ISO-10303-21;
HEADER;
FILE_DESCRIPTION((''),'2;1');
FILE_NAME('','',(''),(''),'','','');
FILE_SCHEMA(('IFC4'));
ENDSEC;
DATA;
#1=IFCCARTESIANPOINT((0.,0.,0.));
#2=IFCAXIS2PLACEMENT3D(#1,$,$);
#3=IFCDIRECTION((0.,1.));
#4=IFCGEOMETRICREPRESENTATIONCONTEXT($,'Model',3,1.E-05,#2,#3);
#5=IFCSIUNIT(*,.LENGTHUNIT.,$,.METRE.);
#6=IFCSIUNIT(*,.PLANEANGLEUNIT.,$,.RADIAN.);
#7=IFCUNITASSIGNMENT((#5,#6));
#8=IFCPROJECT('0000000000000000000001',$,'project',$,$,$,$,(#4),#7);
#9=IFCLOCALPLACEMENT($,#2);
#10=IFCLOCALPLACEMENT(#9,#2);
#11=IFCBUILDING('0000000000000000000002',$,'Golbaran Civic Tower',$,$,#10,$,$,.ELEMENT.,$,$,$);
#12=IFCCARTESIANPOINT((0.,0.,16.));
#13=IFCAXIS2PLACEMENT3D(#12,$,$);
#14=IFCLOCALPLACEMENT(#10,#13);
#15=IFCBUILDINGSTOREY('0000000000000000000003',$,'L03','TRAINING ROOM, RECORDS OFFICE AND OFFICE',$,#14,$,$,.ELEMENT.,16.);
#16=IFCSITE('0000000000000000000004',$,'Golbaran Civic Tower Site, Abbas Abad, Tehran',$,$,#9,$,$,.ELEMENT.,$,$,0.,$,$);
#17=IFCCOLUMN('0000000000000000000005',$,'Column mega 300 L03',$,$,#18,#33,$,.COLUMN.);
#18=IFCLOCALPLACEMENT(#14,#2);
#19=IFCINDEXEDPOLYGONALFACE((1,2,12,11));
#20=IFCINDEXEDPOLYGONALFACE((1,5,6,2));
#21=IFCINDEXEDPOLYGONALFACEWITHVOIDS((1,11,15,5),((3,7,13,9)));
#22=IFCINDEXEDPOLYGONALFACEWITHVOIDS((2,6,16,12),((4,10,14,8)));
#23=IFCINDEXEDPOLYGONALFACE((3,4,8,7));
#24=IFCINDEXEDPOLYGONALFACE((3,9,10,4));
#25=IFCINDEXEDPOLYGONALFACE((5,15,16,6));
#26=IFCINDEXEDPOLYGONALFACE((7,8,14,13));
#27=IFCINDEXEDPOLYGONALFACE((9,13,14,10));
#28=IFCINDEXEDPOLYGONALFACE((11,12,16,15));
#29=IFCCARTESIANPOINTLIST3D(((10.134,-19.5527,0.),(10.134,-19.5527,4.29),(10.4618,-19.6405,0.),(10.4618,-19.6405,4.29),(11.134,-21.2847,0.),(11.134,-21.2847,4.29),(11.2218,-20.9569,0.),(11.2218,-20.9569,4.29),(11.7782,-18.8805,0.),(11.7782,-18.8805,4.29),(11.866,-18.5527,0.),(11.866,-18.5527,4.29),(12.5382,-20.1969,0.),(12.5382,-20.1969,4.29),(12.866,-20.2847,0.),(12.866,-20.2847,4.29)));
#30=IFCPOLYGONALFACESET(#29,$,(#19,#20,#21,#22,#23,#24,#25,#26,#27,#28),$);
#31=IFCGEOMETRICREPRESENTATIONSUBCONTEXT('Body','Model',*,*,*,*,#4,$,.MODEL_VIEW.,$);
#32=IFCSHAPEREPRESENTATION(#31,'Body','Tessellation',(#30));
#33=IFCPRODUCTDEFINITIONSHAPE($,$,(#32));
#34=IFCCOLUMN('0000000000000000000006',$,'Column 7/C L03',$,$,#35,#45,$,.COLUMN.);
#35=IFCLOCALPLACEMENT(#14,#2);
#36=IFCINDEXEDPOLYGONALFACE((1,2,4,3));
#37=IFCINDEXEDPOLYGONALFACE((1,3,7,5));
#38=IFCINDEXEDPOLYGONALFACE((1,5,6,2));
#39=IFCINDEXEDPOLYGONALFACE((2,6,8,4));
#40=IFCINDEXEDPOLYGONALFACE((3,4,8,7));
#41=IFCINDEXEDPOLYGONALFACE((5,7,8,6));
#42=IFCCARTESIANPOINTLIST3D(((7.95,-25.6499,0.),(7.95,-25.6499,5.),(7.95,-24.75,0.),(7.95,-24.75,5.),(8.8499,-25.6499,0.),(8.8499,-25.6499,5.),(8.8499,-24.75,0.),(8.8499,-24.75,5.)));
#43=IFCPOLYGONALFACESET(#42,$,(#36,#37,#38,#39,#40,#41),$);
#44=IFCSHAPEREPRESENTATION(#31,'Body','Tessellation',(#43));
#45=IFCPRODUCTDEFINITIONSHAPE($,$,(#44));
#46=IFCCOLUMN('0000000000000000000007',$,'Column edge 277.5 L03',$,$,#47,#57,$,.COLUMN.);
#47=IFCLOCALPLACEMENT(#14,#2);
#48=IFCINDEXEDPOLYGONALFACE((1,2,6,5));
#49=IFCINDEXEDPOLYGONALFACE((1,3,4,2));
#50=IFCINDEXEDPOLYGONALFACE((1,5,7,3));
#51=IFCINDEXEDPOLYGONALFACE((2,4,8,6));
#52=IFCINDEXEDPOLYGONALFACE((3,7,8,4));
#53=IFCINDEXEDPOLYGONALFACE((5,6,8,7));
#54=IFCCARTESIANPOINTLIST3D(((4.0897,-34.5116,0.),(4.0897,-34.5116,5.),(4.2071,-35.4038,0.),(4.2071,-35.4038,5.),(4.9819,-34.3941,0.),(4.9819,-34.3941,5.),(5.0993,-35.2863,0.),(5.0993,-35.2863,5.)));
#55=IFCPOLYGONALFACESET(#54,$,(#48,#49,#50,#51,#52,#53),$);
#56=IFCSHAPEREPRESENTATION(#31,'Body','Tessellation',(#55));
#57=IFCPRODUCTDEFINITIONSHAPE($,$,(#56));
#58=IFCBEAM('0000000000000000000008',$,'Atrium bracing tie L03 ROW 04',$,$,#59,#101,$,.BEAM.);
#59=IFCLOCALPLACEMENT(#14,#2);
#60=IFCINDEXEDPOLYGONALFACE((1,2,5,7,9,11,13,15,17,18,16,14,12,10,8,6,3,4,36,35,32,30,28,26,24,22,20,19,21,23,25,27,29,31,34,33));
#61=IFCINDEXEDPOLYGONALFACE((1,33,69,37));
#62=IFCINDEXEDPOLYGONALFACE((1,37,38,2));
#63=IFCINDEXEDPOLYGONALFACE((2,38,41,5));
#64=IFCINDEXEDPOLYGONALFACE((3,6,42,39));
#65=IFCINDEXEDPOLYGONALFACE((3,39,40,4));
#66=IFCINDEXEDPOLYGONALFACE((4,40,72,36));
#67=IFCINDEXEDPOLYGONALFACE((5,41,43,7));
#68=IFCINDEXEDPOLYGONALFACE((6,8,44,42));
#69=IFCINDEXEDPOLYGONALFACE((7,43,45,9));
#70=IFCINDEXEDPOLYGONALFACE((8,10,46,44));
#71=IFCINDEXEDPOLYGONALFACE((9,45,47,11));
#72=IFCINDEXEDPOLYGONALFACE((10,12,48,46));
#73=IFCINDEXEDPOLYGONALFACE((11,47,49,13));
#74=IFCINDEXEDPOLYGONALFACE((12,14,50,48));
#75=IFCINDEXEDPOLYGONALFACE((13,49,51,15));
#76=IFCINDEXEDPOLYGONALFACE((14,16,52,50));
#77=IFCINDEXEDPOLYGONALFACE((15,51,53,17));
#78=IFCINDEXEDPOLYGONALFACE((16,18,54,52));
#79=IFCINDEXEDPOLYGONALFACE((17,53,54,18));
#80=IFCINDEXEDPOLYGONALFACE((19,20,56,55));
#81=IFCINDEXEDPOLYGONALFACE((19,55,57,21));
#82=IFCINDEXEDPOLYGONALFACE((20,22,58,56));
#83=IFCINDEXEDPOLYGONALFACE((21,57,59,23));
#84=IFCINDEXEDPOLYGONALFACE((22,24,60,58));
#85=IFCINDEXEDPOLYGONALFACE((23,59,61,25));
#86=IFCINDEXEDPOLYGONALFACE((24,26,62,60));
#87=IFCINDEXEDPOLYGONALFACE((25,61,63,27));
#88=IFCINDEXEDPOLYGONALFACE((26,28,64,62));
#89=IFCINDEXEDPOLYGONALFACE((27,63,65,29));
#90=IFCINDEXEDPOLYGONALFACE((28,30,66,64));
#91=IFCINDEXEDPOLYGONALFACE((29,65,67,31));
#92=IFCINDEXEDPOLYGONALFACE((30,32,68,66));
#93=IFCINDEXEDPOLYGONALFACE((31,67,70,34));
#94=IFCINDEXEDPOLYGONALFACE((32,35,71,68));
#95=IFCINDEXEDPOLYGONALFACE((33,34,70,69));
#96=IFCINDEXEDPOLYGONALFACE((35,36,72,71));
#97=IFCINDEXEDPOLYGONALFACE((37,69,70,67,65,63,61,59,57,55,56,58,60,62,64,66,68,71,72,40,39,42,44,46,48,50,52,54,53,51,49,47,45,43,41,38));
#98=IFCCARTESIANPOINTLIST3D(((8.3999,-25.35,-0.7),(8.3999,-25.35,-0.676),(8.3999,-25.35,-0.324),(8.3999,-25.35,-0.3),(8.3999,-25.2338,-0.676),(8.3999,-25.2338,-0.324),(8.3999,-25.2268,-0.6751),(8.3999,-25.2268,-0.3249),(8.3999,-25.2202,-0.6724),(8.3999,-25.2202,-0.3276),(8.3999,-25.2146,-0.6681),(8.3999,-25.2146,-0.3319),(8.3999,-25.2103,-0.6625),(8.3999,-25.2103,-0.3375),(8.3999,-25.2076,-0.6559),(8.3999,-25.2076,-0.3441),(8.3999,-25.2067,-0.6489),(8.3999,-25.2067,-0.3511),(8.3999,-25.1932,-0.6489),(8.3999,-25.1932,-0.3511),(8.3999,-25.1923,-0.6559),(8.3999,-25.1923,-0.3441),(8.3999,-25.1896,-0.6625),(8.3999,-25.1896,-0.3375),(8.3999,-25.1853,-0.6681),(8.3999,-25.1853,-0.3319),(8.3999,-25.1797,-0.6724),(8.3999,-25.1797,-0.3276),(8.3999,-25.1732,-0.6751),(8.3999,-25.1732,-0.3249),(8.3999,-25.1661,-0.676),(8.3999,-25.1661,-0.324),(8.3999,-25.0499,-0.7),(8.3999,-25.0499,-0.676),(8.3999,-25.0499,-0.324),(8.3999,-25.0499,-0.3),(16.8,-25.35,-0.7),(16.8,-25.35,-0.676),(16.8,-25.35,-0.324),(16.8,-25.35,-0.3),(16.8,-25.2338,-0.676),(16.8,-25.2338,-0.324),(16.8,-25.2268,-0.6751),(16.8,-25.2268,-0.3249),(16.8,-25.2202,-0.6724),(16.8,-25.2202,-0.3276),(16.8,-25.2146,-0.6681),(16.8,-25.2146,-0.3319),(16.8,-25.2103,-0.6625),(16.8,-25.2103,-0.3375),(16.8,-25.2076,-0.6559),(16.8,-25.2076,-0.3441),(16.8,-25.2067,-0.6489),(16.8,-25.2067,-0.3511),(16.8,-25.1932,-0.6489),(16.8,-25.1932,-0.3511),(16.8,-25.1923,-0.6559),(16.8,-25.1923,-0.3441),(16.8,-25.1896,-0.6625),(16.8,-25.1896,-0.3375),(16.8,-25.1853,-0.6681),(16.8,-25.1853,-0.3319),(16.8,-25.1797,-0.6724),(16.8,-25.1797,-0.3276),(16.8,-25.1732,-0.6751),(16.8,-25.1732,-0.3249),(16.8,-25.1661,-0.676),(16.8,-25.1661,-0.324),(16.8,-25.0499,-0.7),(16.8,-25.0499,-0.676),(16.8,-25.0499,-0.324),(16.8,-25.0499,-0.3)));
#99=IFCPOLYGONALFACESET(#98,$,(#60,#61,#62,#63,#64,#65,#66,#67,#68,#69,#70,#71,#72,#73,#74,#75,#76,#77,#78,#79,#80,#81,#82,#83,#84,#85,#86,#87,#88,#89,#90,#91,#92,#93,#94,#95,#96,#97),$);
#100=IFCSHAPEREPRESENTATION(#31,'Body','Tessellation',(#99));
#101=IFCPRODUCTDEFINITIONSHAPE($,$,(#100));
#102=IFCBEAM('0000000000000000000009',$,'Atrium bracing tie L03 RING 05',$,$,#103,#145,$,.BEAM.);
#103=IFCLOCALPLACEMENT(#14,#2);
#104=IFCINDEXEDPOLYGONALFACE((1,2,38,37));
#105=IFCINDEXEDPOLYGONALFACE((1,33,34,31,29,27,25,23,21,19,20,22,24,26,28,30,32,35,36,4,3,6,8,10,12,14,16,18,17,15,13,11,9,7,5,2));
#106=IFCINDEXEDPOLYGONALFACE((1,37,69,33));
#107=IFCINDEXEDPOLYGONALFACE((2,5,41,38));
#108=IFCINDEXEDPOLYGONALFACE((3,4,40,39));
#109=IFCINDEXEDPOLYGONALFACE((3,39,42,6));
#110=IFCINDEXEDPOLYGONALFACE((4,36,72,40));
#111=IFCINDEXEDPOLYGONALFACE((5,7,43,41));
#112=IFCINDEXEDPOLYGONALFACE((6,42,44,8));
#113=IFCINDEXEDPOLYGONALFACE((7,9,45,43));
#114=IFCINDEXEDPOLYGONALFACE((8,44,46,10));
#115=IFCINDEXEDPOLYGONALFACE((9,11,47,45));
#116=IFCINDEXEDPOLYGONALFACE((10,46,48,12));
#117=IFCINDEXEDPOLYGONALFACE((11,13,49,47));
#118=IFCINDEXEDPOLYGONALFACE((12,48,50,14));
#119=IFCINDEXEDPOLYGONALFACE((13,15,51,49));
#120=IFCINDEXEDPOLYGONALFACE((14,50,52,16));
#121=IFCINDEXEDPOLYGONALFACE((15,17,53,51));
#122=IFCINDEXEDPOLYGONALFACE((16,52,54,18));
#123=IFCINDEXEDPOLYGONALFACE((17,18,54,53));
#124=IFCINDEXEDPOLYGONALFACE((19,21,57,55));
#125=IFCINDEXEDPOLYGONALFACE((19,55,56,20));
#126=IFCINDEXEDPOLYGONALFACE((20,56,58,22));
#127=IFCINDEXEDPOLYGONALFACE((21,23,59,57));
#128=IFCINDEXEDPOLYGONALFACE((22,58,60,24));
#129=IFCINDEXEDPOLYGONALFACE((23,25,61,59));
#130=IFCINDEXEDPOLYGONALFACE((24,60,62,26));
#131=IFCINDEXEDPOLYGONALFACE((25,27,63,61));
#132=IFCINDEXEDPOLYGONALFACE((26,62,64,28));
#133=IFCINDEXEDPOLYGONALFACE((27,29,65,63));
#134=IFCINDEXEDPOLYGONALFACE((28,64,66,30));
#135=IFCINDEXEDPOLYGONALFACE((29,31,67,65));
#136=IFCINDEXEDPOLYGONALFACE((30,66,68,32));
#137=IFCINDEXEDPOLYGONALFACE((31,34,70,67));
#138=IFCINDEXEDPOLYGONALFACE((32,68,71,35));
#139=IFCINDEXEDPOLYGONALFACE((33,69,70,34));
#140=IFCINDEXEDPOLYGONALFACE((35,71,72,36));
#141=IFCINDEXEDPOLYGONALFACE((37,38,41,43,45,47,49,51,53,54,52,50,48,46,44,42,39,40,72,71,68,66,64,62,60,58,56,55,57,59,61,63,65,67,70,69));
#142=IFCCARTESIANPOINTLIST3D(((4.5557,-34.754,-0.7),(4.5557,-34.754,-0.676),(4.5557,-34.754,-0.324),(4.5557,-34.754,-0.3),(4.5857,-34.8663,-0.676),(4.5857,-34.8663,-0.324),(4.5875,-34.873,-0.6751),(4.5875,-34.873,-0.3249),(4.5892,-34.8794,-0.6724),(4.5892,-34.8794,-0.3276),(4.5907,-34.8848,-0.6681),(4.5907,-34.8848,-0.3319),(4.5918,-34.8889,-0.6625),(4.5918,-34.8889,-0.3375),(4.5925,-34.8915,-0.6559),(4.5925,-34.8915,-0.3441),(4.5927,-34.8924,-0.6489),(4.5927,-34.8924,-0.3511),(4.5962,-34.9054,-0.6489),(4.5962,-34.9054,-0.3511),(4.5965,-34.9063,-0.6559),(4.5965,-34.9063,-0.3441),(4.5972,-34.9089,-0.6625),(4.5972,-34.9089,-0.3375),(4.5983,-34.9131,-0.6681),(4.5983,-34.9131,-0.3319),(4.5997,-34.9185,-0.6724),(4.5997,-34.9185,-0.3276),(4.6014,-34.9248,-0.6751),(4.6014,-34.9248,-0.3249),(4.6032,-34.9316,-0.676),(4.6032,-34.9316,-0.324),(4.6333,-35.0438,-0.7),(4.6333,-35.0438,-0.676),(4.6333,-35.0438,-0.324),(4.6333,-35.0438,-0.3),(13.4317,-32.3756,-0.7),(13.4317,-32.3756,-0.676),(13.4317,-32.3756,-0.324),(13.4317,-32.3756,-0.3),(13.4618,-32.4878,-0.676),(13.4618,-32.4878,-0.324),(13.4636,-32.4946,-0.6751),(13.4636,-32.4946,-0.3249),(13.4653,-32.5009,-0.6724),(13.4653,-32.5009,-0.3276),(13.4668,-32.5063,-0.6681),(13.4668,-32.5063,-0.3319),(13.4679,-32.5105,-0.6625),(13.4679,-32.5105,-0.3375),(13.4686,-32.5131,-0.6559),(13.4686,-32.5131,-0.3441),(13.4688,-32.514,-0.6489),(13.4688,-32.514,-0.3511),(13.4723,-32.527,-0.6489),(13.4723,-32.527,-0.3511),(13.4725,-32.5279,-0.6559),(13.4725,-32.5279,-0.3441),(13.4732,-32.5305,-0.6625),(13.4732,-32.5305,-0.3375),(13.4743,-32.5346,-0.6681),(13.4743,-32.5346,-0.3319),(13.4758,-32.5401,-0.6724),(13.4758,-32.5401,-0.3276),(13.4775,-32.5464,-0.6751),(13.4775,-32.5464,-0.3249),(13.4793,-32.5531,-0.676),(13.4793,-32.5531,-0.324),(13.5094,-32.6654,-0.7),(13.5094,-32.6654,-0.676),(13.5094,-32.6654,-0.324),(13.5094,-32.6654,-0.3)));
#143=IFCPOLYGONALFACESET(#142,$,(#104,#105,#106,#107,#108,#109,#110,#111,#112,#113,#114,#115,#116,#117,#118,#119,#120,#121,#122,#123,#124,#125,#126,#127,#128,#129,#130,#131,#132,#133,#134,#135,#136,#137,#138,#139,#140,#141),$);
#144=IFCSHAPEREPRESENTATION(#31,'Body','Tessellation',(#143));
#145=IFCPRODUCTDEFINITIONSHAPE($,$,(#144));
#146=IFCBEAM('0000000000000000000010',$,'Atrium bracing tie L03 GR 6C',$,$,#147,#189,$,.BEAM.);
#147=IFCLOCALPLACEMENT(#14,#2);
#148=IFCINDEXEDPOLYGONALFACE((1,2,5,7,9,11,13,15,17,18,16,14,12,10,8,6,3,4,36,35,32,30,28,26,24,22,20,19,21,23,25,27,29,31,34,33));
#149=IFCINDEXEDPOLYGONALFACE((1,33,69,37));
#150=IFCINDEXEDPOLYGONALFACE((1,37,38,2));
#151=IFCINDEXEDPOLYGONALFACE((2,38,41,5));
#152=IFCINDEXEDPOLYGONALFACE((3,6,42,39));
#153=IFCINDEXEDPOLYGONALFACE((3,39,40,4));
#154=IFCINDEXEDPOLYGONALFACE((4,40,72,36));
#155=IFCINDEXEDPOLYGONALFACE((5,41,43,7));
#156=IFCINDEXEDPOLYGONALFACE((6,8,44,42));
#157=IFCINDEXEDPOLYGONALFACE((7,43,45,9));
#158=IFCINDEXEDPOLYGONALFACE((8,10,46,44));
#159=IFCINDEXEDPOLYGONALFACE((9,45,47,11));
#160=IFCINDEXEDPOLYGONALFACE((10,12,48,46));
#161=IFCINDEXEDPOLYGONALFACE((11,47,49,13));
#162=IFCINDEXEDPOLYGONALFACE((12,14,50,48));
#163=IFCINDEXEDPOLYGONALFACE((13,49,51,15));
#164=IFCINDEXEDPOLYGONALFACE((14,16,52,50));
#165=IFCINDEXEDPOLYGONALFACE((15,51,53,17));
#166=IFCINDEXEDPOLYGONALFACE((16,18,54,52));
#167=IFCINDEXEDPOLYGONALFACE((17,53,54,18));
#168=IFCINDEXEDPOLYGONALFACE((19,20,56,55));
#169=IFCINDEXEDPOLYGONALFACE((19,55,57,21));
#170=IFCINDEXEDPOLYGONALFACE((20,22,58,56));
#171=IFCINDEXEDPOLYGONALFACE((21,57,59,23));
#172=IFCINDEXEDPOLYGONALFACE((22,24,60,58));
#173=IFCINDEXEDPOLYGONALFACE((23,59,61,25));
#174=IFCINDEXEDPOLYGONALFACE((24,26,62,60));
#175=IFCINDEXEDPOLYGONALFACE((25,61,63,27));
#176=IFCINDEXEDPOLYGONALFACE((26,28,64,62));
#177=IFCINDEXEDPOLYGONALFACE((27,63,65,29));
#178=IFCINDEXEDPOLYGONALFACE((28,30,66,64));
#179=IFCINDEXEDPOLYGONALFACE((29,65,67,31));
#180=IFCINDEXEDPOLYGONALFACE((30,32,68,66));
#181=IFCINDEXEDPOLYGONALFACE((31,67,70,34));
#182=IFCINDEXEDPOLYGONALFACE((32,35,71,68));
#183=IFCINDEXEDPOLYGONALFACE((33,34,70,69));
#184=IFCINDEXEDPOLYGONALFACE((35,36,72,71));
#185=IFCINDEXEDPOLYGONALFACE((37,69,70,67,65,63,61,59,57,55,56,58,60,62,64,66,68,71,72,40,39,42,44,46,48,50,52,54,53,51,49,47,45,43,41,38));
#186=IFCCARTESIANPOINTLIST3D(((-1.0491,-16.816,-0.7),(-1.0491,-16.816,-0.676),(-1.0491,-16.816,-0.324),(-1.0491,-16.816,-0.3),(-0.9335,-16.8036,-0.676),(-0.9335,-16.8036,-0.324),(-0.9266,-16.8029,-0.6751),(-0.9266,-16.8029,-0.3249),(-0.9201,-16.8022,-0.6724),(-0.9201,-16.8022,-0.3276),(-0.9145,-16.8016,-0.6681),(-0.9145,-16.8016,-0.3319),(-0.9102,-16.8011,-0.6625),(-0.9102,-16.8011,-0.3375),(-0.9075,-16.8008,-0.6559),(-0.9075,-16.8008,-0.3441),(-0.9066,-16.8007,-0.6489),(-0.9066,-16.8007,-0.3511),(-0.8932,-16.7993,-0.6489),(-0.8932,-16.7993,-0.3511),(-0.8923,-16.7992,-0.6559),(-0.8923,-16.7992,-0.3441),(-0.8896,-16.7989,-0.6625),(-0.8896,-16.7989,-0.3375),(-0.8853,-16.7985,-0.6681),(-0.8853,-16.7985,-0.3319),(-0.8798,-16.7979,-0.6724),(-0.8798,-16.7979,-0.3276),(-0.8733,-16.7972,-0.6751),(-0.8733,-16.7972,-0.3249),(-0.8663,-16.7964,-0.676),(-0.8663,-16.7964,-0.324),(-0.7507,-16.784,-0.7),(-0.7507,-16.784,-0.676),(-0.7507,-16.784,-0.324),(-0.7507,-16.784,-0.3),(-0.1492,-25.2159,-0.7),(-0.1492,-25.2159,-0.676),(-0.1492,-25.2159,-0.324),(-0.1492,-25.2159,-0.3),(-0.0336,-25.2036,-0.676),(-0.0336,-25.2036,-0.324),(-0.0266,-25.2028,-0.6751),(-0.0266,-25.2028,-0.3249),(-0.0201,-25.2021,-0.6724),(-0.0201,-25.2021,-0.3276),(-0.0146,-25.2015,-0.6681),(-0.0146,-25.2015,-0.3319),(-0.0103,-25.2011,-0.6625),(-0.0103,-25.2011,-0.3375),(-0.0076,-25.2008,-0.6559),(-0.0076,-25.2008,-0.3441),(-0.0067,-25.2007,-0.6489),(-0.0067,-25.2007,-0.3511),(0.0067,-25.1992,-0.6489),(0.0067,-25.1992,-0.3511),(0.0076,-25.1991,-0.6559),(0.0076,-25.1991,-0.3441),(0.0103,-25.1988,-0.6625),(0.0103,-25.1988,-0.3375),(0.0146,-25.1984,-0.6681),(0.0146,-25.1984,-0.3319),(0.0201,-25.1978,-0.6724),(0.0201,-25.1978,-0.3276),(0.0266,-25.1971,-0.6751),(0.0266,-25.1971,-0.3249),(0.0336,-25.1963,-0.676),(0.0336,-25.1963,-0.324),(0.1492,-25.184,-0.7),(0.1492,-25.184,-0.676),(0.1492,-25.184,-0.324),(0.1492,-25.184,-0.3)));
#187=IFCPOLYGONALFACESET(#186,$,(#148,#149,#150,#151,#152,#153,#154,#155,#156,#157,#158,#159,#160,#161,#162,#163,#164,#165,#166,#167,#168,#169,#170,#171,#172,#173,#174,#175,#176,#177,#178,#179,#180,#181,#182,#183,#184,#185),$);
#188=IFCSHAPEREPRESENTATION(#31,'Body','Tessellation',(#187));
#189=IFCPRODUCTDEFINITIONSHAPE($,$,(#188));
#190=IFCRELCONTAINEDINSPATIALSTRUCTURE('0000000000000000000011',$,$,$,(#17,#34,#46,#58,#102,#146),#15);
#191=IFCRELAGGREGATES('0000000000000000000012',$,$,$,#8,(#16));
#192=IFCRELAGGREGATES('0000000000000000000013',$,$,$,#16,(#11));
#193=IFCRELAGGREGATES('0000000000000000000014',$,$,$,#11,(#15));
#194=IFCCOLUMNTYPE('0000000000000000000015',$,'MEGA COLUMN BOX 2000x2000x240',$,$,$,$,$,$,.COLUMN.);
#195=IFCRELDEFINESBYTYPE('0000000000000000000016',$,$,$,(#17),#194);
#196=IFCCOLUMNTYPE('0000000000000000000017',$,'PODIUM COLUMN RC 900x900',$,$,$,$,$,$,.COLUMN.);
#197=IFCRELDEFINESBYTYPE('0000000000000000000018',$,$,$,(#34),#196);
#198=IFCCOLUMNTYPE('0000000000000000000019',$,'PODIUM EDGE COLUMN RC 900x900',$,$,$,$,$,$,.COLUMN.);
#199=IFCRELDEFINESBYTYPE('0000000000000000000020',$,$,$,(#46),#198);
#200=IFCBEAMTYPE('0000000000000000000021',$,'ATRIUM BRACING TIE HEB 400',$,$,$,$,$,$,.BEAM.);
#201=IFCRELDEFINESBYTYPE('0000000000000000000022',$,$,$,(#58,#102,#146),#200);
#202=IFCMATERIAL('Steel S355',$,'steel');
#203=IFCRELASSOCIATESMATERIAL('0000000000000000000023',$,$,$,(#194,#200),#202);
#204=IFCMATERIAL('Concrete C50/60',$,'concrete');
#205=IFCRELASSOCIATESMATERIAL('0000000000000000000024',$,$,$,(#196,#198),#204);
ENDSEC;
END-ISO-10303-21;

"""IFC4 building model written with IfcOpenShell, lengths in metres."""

from ifc_helpers import new_model, si_unit, direction, frame, origin, origin_2d, place, context, subcontext, project, spatial, rectangle, hollow_rectangle, i_section, extrude, material, material_profile, profile_set, type_object, element, save


model = new_model("IFC4")

# Units and contexts
model_context = context("Model", 3, precision=1e-05, world=origin(), true_north=direction((0.0, 1.0)))
body_context = subcontext(model_context, "Body", "Model", "MODEL_VIEW")
ifc_project = project(units=[si_unit("LENGTHUNIT", "METRE"), si_unit("PLANEANGLEUNIT", "RADIAN")], contexts=[model_context])

# Site, building, storey
site_placement = place(None, origin())
site = spatial("IfcSite", under=ifc_project, at=site_placement, Name="Golbaran Civic Tower Site, Abbas Abad, Tehran", CompositionType="ELEMENT", RefElevation=0.0)
building_placement = place(site_placement, origin())
building = spatial("IfcBuilding", under=site, at=building_placement, Name="Golbaran Civic Tower", CompositionType="ELEMENT")
storey_placement = place(building_placement, frame((0.0, 0.0, 16.0)))
storey = spatial("IfcBuildingStorey", under=building, at=storey_placement, Name="L03", Description="TRAINING ROOM, RECORDS OFFICE AND OFFICE", CompositionType="ELEMENT", Elevation=16.0)

# Columns
ifc_material_1 = material(Name="Steel S355", Category="steel")
ifc_material_profile_1 = material_profile(ifc_material_1, hollow_rectangle(XDim=2.0, YDim=2.0, WallThickness=0.24, at=origin_2d()), Name="BOX 2000x2000x240")
ifc_profile_set_1 = profile_set([ifc_material_profile_1], Name="Steel S355")
column_type_1 = type_object("IfcColumnType", Name="MEGA COLUMN BOX 2000x2000x240", PredefinedType="COLUMN", material=ifc_profile_set_1)
column_1_placement = place(storey_placement, frame((11.5, -19.9187, 0.0), z_axis=(0.0, 0.0, 1.0), x_axis=(0.5, -0.866025, 0.0)))
element("IfcColumn", 1, at=column_1_placement, inside=storey, type_object=column_type_1, Name="Column mega 300 L03", PredefinedType="COLUMN", context=body_context, shape_type="SweptSolid", body=[
    extrude(hollow_rectangle(XDim=2.0, YDim=2.0, WallThickness=0.24, at=origin_2d()), origin(), (0.0, 0.0, 1.0), 4.29),
])
ifc_material_2 = material(Name="Concrete C50/60", Category="concrete")
ifc_material_profile_2 = material_profile(ifc_material_2, rectangle(XDim=0.8999, YDim=0.8999, at=origin_2d()), Name="RC 900x900")
ifc_profile_set_2 = profile_set([ifc_material_profile_2], Name="Concrete C50/60")
column_type_2 = type_object("IfcColumnType", Name="PODIUM COLUMN RC 900x900", PredefinedType="COLUMN", material=ifc_profile_set_2)
column_2_placement = place(storey_placement, frame((8.3999, -25.2, 0.0), z_axis=(0.0, 0.0, 1.0), x_axis=(1.0, 0.0, 0.0)))
element("IfcColumn", 2, at=column_2_placement, inside=storey, type_object=column_type_2, Name="Column 7/C L03", PredefinedType="COLUMN", context=body_context, shape_type="SweptSolid", body=[
    extrude(rectangle(XDim=0.8999, YDim=0.8999, at=origin_2d()), origin(), (0.0, 0.0, 1.0), 5.0),
])
ifc_material_profile_3 = material_profile(ifc_material_2, rectangle(XDim=0.8999, YDim=0.8999, at=origin_2d()), Name="RC 900x900")
ifc_profile_set_3 = profile_set([ifc_material_profile_3], Name="Concrete C50/60")
column_type_3 = type_object("IfcColumnType", Name="PODIUM EDGE COLUMN RC 900x900", PredefinedType="COLUMN", material=ifc_profile_set_3)
column_3_placement = place(storey_placement, frame((4.5945, -34.8989, 0.0), z_axis=(0.0, 0.0, 1.0), x_axis=(0.130526, -0.991445, 0.0)))
element("IfcColumn", 3, at=column_3_placement, inside=storey, type_object=column_type_3, Name="Column edge 277.5 L03", PredefinedType="COLUMN", context=body_context, shape_type="SweptSolid", body=[
    extrude(rectangle(XDim=0.8999, YDim=0.8999, at=origin_2d()), origin(), (0.0, 0.0, 1.0), 5.0),
])

# Beams
ifc_material_profile_4 = material_profile(ifc_material_1, i_section(OverallWidth=0.3, OverallDepth=0.3999, WebThickness=0.0134, FlangeThickness=0.0239, FilletRadius=0.0271, at=origin_2d()), Name="HEB 400")
ifc_profile_set_4 = profile_set([ifc_material_profile_4], Name="Steel S355")
beam_type_1 = type_object("IfcBeamType", Name="ATRIUM BRACING TIE HEB 400", PredefinedType="BEAM", material=ifc_profile_set_4)
beam_1_placement = place(storey_placement, frame((8.3999, -25.2, -0.5), z_axis=(1.0, 0.0, 0.0), x_axis=(0.0, 1.0, 0.0)))
element("IfcBeam", 4, at=beam_1_placement, inside=storey, type_object=beam_type_1, Name="Atrium bracing tie L03 ROW 04", PredefinedType="BEAM", context=body_context, shape_type="SweptSolid", body=[
    extrude(i_section(OverallWidth=0.3, OverallDepth=0.3999, WebThickness=0.0134, FlangeThickness=0.0239, FilletRadius=0.0271, at=origin_2d()), origin(), (0.0, 0.0, 1.0), 8.4001),
])
beam_2_placement = place(storey_placement, frame((4.5945, -34.8989, -0.5), z_axis=(0.965923, 0.25883, 0.0), x_axis=(-0.25883, 0.965923, 0.0)))
element("IfcBeam", 5, at=beam_2_placement, inside=storey, type_object=beam_type_1, Name="Atrium bracing tie L03 RING 05", PredefinedType="BEAM", context=body_context, shape_type="SweptSolid", body=[
    extrude(i_section(OverallWidth=0.3, OverallDepth=0.3999, WebThickness=0.0134, FlangeThickness=0.0239, FilletRadius=0.0271, at=origin_2d()), origin(), (0.0, 0.0, 1.0), 9.1892),
])
beam_3_placement = place(storey_placement, frame((0.0, -25.2, -0.5), z_axis=(-0.106523, 0.99431, 0.0), x_axis=(-0.99431, -0.106523, 0.0)))
element("IfcBeam", 6, at=beam_3_placement, inside=storey, type_object=beam_type_1, Name="Atrium bracing tie L03 GR 6C", PredefinedType="BEAM", context=body_context, shape_type="SweptSolid", body=[
    extrude(i_section(OverallWidth=0.3, OverallDepth=0.3999, WebThickness=0.0134, FlangeThickness=0.0239, FilletRadius=0.0271, at=origin_2d()), origin(), (0.0, 0.0, 1.0), 8.448),
])

save(model, "model.ifc")
